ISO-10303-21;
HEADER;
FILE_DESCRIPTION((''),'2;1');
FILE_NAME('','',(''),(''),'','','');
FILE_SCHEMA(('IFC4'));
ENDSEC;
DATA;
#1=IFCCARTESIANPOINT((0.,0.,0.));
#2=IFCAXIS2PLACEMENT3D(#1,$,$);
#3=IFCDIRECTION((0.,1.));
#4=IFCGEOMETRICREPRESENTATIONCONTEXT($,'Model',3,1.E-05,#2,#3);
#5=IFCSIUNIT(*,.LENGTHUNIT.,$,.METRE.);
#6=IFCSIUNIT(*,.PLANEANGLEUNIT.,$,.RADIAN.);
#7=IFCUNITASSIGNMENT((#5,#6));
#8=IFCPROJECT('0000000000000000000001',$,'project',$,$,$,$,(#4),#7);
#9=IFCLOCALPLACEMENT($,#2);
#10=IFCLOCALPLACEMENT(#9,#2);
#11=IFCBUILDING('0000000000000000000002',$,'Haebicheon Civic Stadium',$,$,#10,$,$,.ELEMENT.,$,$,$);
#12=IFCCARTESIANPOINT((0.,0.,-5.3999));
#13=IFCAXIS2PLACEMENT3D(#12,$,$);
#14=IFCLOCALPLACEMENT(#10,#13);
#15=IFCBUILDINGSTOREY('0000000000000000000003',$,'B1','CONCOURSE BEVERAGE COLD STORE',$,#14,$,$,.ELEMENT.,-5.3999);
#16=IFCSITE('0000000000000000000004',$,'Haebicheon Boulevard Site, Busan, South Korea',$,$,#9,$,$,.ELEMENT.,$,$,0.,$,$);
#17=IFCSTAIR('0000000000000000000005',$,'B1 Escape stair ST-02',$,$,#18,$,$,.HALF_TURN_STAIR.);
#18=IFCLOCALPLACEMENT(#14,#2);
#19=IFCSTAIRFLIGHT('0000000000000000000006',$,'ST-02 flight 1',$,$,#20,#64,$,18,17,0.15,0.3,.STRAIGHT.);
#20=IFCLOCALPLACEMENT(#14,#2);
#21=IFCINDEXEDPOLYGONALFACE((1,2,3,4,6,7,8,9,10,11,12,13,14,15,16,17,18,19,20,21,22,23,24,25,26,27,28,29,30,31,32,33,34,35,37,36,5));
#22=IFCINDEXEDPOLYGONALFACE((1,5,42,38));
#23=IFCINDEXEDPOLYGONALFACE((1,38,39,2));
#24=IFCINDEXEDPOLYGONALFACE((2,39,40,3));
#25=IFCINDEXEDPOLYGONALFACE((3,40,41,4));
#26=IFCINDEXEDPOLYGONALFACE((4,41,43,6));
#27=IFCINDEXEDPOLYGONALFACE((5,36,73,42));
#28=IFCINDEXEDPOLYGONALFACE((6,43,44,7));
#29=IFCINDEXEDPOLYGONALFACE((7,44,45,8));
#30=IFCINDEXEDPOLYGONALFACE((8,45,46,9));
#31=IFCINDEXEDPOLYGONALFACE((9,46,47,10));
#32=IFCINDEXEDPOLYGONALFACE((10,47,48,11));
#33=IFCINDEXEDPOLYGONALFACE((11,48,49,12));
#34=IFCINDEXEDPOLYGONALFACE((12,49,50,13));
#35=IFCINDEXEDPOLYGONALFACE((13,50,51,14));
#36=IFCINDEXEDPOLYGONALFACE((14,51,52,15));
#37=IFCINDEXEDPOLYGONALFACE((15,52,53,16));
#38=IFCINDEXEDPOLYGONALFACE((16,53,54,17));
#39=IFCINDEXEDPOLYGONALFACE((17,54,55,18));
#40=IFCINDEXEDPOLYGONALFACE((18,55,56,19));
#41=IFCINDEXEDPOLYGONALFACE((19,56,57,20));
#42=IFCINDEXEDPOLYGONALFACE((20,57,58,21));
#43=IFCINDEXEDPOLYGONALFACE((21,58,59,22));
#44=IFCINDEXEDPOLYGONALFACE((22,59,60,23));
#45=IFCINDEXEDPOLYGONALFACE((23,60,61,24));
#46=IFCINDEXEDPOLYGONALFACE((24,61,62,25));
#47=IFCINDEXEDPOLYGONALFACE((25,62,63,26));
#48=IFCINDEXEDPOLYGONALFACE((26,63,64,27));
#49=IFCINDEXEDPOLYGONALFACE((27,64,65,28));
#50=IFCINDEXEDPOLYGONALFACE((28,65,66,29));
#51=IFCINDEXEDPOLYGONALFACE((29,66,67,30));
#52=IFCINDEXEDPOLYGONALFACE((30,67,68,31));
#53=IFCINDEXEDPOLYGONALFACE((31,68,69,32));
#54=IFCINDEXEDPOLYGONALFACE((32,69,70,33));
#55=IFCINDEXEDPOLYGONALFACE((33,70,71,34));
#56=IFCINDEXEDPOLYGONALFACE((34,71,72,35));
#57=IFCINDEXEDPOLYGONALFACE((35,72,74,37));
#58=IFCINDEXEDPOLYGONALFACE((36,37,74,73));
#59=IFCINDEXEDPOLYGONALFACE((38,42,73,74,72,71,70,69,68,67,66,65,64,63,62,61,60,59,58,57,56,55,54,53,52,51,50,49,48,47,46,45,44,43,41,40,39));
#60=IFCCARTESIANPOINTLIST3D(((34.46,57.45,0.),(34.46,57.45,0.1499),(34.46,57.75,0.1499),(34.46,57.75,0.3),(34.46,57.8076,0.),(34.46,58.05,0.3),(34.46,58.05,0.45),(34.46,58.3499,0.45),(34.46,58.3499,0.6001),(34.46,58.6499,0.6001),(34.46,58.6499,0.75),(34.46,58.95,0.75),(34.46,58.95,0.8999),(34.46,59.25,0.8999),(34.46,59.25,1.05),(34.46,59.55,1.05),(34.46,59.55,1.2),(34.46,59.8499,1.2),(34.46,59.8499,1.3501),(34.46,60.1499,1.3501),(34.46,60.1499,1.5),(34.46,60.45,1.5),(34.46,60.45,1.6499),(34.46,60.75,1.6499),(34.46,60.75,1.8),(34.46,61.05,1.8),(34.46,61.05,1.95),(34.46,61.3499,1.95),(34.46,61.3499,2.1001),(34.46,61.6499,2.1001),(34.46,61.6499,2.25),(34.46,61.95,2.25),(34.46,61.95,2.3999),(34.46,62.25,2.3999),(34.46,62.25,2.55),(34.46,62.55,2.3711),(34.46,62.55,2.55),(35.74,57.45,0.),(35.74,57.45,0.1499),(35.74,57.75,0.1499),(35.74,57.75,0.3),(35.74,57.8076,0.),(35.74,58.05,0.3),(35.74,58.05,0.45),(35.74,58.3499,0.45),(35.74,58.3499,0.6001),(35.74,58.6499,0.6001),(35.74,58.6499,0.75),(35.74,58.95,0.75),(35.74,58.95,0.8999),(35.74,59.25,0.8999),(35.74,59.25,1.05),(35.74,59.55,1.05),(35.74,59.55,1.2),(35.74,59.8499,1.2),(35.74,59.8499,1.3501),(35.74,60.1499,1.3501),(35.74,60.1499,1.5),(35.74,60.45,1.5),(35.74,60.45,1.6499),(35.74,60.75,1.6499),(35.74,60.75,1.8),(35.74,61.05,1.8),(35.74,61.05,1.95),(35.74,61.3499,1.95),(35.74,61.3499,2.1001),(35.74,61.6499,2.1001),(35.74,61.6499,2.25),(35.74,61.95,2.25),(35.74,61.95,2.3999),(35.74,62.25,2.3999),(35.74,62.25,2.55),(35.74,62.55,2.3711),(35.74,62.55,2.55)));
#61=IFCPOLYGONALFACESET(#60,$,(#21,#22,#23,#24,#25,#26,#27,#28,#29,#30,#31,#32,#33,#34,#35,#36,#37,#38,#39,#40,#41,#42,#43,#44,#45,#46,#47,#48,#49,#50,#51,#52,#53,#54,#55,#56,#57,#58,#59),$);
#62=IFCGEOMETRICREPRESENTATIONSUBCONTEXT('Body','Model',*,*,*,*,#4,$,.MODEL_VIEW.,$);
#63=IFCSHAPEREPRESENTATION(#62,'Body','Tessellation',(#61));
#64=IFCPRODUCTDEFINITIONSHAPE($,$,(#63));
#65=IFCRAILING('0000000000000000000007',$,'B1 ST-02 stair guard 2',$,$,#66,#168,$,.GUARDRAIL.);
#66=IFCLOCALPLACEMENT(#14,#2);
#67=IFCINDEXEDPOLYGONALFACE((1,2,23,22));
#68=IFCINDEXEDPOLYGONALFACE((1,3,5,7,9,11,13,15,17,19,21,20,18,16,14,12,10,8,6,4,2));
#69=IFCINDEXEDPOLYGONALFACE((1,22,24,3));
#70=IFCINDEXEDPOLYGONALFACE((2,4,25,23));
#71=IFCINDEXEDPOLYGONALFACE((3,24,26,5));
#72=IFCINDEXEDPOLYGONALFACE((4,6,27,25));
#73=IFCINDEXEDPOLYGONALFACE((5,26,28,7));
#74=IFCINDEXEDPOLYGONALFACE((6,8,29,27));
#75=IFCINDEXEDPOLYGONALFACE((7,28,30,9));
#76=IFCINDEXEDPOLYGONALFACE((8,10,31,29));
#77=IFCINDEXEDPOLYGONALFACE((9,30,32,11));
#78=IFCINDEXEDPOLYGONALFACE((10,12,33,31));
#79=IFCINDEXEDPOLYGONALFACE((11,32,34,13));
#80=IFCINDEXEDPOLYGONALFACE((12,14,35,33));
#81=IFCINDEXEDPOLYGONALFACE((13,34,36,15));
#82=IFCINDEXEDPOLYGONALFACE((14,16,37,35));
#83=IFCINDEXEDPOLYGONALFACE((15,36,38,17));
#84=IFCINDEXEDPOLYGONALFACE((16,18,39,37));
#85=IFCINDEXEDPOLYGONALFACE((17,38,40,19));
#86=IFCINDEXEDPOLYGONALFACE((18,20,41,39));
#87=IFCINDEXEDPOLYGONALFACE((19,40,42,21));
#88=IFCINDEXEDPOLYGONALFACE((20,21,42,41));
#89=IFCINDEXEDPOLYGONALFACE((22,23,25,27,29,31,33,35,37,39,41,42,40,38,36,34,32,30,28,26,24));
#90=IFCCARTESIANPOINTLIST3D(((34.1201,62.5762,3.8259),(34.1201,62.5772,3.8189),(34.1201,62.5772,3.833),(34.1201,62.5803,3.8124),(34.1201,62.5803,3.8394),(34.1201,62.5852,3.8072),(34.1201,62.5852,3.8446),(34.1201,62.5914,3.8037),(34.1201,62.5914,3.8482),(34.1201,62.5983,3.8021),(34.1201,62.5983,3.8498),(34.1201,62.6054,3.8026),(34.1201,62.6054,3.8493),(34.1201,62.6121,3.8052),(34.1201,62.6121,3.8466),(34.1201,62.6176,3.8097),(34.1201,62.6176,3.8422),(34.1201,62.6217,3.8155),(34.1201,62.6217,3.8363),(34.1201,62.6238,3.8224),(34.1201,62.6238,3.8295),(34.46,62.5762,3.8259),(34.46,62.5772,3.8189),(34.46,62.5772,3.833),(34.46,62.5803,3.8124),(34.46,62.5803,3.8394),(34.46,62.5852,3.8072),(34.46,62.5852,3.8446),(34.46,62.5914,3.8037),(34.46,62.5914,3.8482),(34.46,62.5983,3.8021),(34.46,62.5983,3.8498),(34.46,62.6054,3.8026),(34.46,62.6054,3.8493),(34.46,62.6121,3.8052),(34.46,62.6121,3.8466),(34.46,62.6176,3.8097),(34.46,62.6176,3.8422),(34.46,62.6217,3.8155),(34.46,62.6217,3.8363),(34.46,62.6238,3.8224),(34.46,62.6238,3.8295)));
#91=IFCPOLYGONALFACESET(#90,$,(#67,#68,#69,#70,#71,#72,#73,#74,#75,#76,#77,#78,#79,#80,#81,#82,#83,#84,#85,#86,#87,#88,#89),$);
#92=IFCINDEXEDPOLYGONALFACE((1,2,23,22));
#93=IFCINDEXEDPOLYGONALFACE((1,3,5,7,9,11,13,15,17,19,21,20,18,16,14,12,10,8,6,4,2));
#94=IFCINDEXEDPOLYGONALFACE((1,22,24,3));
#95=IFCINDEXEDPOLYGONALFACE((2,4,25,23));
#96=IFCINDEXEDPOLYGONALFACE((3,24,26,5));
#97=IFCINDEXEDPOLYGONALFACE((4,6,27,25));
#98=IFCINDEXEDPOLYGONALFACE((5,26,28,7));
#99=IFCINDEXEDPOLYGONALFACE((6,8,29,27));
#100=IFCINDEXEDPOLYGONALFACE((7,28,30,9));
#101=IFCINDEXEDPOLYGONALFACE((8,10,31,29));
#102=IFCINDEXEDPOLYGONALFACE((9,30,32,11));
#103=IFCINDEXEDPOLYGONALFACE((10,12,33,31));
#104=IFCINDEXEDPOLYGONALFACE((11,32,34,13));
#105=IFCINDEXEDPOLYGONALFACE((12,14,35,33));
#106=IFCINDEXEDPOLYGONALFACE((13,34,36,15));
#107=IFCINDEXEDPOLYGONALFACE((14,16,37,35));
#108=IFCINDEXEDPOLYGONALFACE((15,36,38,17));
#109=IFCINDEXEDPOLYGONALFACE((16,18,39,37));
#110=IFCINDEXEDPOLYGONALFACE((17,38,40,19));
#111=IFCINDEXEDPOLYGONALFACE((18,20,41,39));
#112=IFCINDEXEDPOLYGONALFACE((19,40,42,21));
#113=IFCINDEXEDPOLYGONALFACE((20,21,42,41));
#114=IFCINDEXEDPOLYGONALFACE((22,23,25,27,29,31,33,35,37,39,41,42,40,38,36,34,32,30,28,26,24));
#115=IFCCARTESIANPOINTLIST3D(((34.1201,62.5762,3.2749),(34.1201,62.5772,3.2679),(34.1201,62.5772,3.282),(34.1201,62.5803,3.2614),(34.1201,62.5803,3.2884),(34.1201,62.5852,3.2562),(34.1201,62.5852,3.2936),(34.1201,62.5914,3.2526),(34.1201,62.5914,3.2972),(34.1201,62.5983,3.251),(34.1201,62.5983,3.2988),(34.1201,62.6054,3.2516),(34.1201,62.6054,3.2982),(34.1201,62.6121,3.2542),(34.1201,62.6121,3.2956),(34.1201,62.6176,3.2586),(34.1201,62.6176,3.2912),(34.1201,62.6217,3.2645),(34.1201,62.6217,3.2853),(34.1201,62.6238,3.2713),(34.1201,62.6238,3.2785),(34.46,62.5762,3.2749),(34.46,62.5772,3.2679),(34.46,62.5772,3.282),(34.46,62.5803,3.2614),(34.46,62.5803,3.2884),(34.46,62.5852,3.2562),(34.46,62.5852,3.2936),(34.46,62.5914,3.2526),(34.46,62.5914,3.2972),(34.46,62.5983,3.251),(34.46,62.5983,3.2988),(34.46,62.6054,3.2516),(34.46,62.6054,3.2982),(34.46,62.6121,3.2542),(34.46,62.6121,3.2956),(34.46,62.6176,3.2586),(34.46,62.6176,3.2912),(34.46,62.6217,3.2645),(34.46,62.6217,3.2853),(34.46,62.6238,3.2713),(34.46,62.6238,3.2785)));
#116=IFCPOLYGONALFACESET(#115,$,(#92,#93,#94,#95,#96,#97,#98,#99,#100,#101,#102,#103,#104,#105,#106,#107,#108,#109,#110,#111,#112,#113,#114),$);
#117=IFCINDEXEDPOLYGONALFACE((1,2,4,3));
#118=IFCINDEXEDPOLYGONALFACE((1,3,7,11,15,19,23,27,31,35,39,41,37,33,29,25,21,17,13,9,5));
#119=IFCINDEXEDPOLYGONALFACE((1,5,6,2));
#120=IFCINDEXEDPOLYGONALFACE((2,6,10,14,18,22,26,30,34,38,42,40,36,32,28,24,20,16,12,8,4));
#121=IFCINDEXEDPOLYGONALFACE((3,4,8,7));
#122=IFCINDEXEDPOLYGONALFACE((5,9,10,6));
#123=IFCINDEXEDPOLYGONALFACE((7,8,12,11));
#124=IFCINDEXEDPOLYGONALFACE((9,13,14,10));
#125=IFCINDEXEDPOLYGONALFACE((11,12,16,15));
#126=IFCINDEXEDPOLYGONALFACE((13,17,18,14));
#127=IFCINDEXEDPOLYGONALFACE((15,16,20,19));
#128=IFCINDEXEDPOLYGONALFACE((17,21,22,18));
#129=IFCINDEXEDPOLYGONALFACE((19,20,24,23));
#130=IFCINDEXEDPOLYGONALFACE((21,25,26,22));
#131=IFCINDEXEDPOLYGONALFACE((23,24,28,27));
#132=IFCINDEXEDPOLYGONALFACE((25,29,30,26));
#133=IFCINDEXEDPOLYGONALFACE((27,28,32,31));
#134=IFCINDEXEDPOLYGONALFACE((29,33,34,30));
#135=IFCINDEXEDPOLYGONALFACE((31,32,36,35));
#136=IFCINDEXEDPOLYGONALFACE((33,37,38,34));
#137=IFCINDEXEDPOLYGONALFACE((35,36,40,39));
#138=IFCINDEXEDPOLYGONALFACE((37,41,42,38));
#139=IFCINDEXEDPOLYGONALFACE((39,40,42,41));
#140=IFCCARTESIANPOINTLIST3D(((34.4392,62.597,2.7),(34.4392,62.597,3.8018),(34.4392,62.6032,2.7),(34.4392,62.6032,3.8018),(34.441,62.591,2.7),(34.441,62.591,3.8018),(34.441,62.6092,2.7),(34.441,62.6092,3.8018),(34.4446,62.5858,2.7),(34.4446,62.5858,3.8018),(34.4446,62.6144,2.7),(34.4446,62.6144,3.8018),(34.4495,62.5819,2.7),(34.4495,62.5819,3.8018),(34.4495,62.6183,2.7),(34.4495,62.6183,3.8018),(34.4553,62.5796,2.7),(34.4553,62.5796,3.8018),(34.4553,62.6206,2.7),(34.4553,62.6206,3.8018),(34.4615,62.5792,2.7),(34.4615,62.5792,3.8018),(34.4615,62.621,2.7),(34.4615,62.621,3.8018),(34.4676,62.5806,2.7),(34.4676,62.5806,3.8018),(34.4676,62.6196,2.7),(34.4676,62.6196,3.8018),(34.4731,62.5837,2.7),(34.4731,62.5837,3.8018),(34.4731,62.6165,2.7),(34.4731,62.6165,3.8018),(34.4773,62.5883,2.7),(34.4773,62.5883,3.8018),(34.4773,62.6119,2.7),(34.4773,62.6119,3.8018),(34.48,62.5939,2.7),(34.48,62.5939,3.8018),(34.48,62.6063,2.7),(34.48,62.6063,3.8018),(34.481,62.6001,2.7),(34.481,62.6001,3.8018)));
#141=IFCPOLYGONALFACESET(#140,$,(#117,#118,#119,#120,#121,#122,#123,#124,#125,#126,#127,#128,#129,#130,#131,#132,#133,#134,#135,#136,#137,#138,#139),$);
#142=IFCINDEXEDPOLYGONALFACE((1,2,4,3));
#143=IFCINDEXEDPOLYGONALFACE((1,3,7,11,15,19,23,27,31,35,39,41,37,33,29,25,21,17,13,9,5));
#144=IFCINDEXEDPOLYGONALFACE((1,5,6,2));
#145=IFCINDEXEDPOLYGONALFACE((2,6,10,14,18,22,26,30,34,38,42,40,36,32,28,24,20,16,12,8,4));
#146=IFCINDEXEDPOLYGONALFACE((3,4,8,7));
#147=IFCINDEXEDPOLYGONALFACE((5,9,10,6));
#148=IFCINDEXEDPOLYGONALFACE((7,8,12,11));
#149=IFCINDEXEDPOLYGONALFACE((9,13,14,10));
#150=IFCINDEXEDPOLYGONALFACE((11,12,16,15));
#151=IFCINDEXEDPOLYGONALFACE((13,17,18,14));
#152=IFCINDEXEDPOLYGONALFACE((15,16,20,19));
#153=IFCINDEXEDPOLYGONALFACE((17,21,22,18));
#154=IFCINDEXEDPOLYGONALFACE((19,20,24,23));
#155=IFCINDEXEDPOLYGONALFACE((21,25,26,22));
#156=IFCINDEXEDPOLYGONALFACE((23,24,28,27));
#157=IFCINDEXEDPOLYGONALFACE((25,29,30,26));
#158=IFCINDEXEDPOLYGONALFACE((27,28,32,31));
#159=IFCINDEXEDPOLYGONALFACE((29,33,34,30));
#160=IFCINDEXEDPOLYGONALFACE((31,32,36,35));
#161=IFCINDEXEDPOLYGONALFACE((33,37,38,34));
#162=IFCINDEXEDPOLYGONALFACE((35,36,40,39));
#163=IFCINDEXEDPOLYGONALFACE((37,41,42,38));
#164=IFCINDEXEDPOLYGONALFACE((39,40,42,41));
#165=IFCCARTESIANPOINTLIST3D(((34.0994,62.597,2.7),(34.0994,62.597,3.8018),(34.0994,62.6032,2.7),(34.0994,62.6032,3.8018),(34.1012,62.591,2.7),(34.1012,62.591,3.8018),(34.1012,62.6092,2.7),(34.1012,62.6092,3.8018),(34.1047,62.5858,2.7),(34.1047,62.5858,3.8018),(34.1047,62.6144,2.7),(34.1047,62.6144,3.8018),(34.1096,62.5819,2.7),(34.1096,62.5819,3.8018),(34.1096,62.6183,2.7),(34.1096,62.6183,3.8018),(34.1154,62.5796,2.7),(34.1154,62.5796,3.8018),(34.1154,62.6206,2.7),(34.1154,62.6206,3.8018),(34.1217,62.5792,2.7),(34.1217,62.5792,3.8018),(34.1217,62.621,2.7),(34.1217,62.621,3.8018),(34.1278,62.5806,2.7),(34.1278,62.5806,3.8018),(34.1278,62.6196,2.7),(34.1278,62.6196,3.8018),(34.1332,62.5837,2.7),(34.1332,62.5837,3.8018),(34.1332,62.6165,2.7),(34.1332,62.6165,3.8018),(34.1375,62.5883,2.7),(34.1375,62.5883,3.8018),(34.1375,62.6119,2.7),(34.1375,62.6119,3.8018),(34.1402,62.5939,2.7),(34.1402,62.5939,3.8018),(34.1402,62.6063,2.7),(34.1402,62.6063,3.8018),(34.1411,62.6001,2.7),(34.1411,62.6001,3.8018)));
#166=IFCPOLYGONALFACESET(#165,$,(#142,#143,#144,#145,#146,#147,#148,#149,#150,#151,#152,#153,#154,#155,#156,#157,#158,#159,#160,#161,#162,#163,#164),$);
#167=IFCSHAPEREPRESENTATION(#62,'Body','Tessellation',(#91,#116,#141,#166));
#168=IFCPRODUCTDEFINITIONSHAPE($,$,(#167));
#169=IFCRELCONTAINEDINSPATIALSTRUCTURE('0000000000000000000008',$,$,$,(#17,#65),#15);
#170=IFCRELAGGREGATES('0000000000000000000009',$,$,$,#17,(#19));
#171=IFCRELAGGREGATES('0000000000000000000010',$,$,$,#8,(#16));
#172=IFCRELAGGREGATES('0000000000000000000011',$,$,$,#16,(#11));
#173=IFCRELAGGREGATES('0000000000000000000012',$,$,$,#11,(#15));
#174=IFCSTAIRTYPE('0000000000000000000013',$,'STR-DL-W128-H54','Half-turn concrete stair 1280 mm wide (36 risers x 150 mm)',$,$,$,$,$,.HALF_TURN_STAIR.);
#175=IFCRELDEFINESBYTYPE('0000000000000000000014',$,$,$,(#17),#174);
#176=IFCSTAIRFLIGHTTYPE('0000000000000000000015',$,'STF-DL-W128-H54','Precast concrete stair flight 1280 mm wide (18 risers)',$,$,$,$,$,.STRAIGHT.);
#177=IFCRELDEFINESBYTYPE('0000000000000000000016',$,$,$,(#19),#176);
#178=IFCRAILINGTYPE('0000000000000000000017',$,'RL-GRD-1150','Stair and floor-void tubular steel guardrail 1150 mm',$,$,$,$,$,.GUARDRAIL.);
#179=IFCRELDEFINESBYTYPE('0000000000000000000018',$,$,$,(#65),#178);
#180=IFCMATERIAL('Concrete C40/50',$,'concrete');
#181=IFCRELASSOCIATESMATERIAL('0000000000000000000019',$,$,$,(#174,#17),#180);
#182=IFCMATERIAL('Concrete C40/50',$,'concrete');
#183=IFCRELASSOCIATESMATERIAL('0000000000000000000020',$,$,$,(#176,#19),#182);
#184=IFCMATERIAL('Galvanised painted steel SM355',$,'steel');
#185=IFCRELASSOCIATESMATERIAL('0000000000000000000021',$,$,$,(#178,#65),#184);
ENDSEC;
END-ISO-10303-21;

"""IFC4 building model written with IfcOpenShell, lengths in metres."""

from ifc_helpers import new_model, si_unit, direction, frame, origin, origin_2d, place, context, subcontext, project, spatial, polyline, circle, outline, extrude, material, type_object, element, aggregate, save


model = new_model("IFC4")

# Units and contexts
model_context = context("Model", 3, precision=1e-05, world=origin(), true_north=direction((0.0, 1.0)))
body_context = subcontext(model_context, "Body", "Model", "MODEL_VIEW")
ifc_project = project(units=[si_unit("LENGTHUNIT", "METRE"), si_unit("PLANEANGLEUNIT", "RADIAN")], contexts=[model_context])

# Site, building, storey
site_placement = place(None, origin())
site = spatial("IfcSite", under=ifc_project, at=site_placement, Name="Haebicheon Boulevard Site, Busan, South Korea", CompositionType="ELEMENT", RefElevation=0.0)
building_placement = place(site_placement, origin())
building = spatial("IfcBuilding", under=site, at=building_placement, Name="Haebicheon Civic Stadium", CompositionType="ELEMENT")
storey_placement = place(building_placement, frame((0.0, 0.0, -5.3999)))
storey = spatial("IfcBuildingStorey", under=building, at=storey_placement, Name="B1", Description="CONCOURSE BEVERAGE COLD STORE", CompositionType="ELEMENT", Elevation=-5.3999)

# Stair, stair flight
ifc_material_1 = material(Name="Concrete C40/50", Category="concrete")
stair_type = type_object("IfcStairType", Name="STR-DL-W128-H54", Description="Half-turn concrete stair 1280 mm wide (36 risers x 150 mm)", PredefinedType="HALF_TURN_STAIR", material=ifc_material_1)
stair_placement = place(storey_placement, origin())
stair = element("IfcStair", 1, at=stair_placement, inside=storey, type_object=stair_type, material=ifc_material_1, Name="B1 Escape stair ST-02", PredefinedType="HALF_TURN_STAIR")
ifc_material_2 = material(Name="Concrete C40/50", Category="concrete")
stair_flight_type = type_object("IfcStairFlightType", Name="STF-DL-W128-H54", Description="Precast concrete stair flight 1280 mm wide (18 risers)", PredefinedType="STRAIGHT", material=ifc_material_2)
stair_flight_placement = place(storey_placement, frame((35.1001, 57.45, 0.0), z_axis=(0.0, 0.0, 1.0), x_axis=(0.0, 1.0, 0.0)))
stair_flight = element("IfcStairFlight", 2, at=stair_flight_placement, type_object=stair_flight_type, material=ifc_material_2, Name="ST-02 flight 1", NumberOfRisers=18, NumberOfTreads=17, PredefinedType="STRAIGHT", RiserHeight=0.15, TreadLength=0.3, context=body_context, shape_type="SweptSolid", body=[
    extrude(outline(polyline([(0.0, 0.0), (0.0, 0.1499), (0.3, 0.1499), (0.3, 0.3), (0.6001, 0.3), (0.6001, 0.45), (0.8999, 0.45), (0.8999, 0.6001), (1.2, 0.6001), (1.2, 0.75), (1.5, 0.75), (1.5, 0.8999), (1.8, 0.8999), (1.8, 1.05), (2.1001, 1.05), (2.1001, 1.2), (2.3999, 1.2), (2.3999, 1.3501), (2.7, 1.3501), (2.7, 1.5), (3.0, 1.5), (3.0, 1.6499), (3.3, 1.6499), (3.3, 1.8), (3.6001, 1.8), (3.6001, 1.95), (3.8999, 1.95), (3.8999, 2.1001), (4.2, 2.1001), (4.2, 2.25), (4.5, 2.25), (4.5, 2.3999), (4.8, 2.3999), (4.8, 2.55), (5.1001, 2.55), (5.1001, 2.7), (5.1001, 2.3711), (0.3577, 0.0), (0.0, 0.0)])), frame((0.0, 0.6401, 0.0), z_axis=(0.0, -1.0, 0.0), x_axis=(1.0, 0.0, 0.0)), (0.0, 0.0, 1.0), 1.28),
])
aggregate(stair, [stair_flight])

# Railing
ifc_material_3 = material(Name="Galvanised painted steel SM355", Category="steel")
railing_type_1 = type_object("IfcRailingType", Name="RL-GRD-1150", Description="Stair and floor-void tubular steel guardrail 1150 mm", PredefinedType="GUARDRAIL", material=ifc_material_3)
railing_1_placement = place(storey_placement, frame((34.46, 62.6001, 2.7)))
element("IfcRailing", 3, at=railing_1_placement, inside=storey, type_object=railing_type_1, material=ifc_material_3, Name="B1 ST-02 stair guard 2", PredefinedType="GUARDRAIL", context=body_context, shape_type="SweptSolid", body=[
    extrude(circle(Radius=0.0239, at=origin_2d()), frame((0.0, 0.0, 1.126), z_axis=(-1.0, 0.0, 0.0), x_axis=(0.0, -1.0, 0.0)), (0.0, 0.0, 1.0), 0.3398),
    extrude(circle(Radius=0.0239, at=origin_2d()), frame((0.0, 0.0, 0.575), z_axis=(-1.0, 0.0, 0.0), x_axis=(0.0, -1.0, 0.0)), (0.0, 0.0, 1.0), 0.3398),
    extrude(circle(Radius=0.021, at=origin_2d()), origin(), (0.0, 0.0, 1.0), 1.1018),
    extrude(circle(Radius=0.021, at=origin_2d()), frame((-0.3398, 0.0, 0.0)), (0.0, 0.0, 1.0), 1.1018),
])

save(model, "model.ifc")
